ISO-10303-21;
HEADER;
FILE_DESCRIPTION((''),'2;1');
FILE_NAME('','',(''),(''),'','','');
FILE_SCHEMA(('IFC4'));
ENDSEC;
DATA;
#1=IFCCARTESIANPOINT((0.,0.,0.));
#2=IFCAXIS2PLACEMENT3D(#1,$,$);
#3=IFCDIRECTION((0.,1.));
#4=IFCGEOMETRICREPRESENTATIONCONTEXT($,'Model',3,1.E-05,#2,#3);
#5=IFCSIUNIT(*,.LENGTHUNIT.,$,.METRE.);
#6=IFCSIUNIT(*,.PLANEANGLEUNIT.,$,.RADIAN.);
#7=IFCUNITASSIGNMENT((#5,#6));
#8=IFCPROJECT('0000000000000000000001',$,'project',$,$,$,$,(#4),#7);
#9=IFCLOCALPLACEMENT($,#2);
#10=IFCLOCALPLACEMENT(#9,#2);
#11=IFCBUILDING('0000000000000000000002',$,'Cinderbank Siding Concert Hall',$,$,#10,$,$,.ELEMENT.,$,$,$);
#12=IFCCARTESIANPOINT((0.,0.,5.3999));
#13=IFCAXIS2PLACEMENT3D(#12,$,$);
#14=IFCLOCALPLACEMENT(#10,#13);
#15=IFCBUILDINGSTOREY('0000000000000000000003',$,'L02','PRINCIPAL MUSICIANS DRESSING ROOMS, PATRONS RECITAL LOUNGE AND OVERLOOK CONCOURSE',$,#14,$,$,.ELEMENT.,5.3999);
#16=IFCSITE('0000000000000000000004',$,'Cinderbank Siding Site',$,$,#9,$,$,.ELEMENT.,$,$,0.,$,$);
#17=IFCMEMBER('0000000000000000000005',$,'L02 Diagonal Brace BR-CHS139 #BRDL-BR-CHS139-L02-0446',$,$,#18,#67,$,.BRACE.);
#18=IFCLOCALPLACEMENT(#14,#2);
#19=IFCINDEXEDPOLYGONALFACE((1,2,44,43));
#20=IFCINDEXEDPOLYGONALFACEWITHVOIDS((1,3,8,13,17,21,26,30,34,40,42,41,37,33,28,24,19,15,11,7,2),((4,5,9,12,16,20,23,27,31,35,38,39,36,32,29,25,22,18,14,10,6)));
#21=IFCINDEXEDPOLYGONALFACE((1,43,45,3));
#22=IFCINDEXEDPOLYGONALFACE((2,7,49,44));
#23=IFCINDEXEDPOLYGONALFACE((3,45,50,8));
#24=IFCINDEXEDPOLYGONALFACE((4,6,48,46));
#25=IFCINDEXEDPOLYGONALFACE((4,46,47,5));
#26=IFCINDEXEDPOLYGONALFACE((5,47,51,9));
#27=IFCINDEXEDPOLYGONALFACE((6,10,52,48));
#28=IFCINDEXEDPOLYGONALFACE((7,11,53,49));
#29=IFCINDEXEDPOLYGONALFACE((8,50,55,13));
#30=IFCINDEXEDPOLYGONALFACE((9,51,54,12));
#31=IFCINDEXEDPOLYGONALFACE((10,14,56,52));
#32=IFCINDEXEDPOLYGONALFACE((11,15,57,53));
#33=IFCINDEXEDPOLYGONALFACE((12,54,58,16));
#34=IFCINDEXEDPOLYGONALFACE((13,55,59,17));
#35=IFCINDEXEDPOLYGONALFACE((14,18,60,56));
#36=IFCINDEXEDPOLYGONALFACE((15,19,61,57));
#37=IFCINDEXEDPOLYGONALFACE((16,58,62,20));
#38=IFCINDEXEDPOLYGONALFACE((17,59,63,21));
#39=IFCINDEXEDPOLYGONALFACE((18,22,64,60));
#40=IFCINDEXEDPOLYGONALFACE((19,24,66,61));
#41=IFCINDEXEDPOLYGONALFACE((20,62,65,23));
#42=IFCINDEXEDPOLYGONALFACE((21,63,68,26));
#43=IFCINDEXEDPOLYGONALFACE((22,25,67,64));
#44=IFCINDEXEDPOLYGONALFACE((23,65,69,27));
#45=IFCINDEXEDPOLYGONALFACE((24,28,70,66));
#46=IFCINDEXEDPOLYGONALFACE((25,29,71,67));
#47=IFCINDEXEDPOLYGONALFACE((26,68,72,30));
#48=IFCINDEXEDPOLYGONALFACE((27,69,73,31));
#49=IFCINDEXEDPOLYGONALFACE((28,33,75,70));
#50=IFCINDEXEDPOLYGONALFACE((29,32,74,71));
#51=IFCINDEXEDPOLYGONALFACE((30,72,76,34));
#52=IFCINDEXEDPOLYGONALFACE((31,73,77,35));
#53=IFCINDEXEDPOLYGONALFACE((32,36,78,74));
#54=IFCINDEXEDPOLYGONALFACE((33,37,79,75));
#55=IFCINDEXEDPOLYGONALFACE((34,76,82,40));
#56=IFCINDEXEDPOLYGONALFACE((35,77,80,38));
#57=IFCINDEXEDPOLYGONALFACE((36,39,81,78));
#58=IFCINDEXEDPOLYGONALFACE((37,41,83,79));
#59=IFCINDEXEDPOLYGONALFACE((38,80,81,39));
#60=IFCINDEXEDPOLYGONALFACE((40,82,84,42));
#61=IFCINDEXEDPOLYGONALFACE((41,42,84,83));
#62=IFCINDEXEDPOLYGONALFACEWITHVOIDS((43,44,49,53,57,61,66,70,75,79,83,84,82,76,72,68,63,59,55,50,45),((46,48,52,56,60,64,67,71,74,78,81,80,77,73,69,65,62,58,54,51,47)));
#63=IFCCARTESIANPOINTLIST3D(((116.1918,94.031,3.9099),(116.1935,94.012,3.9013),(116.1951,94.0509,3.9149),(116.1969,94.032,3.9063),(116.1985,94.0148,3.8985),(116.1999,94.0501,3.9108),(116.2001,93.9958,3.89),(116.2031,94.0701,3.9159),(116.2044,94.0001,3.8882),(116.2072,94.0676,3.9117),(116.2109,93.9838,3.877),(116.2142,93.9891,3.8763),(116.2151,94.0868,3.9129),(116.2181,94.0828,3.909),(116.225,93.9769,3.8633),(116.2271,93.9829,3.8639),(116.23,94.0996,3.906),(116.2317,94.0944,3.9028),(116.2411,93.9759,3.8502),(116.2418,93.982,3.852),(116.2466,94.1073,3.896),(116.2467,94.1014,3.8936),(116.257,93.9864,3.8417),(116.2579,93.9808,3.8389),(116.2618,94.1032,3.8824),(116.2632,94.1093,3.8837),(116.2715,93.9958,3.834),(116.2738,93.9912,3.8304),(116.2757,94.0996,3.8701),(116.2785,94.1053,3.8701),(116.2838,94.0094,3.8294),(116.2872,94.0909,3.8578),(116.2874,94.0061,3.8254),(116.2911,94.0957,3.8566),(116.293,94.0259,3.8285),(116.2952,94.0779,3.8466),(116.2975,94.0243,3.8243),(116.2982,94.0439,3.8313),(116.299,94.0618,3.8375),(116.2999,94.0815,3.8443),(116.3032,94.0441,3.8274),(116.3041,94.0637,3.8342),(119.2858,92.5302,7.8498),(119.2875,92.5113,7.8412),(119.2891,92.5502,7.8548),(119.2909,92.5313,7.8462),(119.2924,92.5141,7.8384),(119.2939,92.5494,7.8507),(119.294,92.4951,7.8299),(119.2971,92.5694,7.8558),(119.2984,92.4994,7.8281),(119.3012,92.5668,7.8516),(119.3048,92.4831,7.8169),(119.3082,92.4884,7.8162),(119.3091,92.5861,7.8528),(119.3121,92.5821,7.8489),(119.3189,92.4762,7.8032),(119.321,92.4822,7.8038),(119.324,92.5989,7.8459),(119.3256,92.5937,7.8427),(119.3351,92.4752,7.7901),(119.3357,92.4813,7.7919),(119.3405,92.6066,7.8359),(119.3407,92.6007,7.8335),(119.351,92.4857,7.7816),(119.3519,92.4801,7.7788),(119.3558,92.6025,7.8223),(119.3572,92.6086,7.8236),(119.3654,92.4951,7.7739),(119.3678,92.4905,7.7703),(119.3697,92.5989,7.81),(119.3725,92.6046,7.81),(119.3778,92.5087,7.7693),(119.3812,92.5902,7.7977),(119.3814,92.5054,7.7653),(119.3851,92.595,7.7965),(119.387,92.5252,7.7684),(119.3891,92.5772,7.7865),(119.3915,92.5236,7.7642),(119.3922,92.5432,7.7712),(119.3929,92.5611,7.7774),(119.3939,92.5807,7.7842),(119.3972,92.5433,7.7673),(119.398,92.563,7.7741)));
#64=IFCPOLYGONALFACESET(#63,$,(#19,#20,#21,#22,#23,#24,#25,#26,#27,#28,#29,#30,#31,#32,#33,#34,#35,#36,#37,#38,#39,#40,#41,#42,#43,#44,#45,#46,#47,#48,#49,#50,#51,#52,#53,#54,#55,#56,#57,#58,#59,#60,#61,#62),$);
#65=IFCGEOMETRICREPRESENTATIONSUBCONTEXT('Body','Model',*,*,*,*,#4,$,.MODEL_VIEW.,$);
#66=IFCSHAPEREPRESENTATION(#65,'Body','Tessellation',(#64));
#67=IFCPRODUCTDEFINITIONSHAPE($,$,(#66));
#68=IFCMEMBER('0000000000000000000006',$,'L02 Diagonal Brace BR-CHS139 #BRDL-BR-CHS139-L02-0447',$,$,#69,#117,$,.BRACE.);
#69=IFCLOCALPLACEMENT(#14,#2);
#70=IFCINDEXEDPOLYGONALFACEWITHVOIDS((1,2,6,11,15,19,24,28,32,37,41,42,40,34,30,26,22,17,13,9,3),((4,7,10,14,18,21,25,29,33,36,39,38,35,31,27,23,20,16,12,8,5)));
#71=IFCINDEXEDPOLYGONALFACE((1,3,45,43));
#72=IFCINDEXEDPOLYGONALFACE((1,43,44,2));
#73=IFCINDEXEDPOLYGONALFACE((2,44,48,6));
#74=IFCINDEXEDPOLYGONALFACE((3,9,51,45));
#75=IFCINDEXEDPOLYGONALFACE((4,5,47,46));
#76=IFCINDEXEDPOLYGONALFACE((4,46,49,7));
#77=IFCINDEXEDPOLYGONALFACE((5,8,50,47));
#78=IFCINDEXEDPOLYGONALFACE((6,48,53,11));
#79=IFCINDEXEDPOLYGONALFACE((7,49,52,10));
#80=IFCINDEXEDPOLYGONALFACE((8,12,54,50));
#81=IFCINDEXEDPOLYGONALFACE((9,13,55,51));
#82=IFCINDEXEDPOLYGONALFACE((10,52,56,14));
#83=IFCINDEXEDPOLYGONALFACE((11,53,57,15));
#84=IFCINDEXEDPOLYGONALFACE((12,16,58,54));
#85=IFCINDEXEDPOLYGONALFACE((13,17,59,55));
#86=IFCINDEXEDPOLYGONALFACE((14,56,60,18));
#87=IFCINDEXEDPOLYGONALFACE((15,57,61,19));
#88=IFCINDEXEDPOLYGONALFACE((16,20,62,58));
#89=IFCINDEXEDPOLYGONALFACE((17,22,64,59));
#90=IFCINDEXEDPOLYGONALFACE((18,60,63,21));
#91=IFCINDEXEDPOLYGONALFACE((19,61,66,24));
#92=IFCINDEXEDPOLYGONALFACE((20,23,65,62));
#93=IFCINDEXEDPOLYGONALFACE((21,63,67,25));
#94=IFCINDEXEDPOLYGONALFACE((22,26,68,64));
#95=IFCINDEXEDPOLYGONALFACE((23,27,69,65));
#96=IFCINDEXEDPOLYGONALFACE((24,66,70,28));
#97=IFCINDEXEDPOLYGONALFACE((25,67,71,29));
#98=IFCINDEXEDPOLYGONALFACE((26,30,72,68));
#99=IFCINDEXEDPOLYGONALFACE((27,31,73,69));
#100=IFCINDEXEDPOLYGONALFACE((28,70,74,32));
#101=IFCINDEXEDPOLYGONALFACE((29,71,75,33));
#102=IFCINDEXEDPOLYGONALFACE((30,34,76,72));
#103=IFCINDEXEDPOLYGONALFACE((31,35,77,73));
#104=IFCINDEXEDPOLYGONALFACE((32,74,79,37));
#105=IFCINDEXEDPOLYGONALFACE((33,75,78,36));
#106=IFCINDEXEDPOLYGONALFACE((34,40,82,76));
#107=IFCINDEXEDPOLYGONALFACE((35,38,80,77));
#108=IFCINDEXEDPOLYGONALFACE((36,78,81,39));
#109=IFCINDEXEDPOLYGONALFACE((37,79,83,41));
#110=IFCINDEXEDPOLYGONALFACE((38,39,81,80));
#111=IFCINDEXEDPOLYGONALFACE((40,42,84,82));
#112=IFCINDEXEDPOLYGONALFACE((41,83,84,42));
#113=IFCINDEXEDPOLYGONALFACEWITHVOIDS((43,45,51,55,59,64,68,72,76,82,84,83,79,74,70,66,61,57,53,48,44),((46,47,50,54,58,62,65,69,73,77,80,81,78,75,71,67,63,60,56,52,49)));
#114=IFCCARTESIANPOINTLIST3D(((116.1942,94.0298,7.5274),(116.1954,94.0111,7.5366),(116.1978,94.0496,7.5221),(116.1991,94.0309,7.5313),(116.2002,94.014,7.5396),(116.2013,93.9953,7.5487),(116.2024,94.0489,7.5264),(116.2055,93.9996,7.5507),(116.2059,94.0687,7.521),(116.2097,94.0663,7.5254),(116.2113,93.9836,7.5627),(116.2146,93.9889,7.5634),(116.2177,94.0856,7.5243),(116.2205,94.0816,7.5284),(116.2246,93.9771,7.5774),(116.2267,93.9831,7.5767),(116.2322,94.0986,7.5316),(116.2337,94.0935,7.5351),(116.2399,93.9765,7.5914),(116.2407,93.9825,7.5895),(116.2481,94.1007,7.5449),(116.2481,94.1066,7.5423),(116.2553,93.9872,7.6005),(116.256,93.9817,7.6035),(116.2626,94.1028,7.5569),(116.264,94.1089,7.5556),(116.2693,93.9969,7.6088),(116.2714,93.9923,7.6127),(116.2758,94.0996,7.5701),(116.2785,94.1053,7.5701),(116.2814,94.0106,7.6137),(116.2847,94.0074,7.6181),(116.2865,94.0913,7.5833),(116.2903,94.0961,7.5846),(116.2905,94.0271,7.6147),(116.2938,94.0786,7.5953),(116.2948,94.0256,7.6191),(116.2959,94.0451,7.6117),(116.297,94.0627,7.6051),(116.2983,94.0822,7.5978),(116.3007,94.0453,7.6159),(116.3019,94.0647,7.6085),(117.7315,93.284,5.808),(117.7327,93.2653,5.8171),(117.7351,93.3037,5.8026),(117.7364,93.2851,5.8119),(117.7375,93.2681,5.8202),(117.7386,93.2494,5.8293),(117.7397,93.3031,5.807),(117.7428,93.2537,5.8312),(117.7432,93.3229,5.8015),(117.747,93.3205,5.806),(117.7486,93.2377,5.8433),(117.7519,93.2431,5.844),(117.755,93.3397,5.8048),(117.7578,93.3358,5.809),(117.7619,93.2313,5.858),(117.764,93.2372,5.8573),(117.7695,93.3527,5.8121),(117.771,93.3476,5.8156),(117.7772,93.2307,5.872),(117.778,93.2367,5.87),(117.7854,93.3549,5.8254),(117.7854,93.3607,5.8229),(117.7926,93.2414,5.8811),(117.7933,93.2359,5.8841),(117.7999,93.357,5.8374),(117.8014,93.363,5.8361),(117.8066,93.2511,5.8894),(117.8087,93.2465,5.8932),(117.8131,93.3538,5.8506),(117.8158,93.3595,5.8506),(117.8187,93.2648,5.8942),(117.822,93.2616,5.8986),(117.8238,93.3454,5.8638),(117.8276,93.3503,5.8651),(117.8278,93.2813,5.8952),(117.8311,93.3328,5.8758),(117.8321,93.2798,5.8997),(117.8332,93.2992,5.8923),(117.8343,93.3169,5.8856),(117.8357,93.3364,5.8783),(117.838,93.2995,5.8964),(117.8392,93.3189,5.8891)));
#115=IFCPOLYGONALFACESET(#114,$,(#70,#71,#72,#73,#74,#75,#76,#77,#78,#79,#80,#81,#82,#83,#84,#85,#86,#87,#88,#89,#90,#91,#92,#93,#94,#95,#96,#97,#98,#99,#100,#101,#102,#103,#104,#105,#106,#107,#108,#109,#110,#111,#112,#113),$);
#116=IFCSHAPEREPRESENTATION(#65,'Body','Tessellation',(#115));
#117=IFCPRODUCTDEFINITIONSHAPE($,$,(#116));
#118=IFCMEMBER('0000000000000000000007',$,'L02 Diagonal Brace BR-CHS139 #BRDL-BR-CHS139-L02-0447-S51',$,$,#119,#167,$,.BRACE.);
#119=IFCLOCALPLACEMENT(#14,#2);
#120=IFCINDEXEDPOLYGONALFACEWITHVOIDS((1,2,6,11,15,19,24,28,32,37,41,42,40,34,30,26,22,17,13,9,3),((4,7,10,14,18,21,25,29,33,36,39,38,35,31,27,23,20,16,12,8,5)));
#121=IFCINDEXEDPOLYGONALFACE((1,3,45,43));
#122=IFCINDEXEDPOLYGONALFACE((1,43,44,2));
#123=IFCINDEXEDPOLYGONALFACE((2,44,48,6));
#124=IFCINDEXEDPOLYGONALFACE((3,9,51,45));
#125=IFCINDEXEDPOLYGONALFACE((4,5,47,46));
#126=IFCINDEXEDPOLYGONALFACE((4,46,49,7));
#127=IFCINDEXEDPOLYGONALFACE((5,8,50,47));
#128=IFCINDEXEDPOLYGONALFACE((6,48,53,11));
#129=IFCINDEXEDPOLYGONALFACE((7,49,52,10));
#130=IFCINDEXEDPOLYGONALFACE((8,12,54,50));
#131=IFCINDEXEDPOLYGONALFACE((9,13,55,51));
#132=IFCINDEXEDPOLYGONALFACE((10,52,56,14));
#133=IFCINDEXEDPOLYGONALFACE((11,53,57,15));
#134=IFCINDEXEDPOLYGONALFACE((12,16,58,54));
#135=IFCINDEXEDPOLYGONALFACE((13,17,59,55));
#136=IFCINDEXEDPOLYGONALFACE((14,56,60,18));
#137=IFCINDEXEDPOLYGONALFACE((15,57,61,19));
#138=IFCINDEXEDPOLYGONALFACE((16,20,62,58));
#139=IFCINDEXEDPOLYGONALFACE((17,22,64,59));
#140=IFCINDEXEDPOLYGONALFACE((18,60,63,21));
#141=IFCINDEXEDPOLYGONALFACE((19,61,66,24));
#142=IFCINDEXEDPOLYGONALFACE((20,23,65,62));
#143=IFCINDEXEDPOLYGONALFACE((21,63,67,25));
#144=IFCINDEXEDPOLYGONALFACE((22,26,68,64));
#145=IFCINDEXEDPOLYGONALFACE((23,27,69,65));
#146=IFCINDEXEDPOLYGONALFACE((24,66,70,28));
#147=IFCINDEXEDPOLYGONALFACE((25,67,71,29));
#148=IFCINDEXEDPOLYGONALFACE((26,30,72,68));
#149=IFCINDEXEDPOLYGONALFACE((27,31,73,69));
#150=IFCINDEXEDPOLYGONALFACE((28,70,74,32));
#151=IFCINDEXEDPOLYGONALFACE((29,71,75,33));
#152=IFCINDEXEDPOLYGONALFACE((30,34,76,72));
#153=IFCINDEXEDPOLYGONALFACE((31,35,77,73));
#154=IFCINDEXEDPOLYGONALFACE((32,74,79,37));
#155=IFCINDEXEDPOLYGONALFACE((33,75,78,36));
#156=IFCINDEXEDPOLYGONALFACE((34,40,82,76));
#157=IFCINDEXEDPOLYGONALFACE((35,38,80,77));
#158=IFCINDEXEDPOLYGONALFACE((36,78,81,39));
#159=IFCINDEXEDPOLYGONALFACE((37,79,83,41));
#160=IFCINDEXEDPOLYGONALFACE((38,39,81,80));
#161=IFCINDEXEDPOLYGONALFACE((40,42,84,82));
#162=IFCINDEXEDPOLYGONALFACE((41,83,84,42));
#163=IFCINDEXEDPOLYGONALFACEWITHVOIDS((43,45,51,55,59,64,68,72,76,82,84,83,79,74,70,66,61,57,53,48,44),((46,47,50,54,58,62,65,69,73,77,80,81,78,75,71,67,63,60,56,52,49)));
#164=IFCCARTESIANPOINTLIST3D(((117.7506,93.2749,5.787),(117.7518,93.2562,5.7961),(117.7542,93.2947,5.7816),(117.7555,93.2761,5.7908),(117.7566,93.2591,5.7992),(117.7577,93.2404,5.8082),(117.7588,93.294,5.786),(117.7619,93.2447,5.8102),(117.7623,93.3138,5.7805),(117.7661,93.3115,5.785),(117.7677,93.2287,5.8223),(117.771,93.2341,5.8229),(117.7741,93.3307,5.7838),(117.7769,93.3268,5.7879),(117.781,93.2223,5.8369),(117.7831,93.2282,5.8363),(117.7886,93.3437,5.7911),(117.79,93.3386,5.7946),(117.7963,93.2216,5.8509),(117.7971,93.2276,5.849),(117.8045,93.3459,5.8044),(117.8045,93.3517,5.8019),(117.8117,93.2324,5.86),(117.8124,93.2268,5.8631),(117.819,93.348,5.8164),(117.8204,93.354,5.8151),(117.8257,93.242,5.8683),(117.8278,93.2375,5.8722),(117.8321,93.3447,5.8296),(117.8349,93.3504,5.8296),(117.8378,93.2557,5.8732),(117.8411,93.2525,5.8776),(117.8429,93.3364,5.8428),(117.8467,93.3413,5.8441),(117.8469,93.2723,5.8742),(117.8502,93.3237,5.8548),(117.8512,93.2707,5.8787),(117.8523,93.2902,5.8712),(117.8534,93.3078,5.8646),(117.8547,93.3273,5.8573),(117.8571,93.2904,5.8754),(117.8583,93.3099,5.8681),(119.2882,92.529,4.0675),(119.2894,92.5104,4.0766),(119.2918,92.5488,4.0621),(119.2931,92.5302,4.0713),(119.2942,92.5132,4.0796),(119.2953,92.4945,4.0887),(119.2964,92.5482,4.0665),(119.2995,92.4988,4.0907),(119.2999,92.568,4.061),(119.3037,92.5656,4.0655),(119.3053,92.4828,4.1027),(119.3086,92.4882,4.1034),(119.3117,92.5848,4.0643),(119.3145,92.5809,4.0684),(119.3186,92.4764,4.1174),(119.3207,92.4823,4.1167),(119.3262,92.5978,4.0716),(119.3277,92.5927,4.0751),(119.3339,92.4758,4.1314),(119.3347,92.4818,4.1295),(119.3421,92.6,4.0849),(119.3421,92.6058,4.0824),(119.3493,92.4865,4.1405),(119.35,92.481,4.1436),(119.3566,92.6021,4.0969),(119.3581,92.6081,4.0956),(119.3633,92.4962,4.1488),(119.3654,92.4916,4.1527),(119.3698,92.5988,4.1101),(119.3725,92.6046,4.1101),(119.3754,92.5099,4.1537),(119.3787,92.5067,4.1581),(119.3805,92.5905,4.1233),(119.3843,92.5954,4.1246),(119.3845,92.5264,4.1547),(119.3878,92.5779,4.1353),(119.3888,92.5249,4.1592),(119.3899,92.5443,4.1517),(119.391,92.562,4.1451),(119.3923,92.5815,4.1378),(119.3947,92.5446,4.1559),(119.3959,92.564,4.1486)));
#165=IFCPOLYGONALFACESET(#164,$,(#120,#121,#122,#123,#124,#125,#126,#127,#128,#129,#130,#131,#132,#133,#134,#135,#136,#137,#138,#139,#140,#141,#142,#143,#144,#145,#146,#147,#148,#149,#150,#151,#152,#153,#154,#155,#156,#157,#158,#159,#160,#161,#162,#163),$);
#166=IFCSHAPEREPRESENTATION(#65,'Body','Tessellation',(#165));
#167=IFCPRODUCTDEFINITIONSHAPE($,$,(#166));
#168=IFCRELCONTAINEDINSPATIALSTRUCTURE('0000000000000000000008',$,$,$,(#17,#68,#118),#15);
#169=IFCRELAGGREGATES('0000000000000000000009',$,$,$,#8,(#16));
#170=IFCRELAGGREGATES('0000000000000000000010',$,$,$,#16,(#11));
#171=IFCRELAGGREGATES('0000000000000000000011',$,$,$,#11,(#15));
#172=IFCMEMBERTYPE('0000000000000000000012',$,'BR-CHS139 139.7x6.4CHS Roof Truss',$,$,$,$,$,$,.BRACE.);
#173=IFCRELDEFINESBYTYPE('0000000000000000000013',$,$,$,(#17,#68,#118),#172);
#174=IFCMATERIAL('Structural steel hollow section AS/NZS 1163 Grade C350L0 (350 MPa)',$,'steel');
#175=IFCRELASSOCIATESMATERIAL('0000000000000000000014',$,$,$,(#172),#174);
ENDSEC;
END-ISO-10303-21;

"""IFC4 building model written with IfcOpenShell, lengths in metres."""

from ifc_helpers import new_model, si_unit, direction, frame, origin, origin_2d, place, context, subcontext, project, spatial, hollow_circle, extrude, material, material_profile, profile_set, type_object, element, save


model = new_model("IFC4")

# Units and contexts
model_context = context("Model", 3, precision=1e-05, world=origin(), true_north=direction((0.0, 1.0)))
body_context = subcontext(model_context, "Body", "Model", "MODEL_VIEW")
ifc_project = project(units=[si_unit("LENGTHUNIT", "METRE"), si_unit("PLANEANGLEUNIT", "RADIAN")], contexts=[model_context])

# Site, building, storey
site_placement = place(None, origin())
site = spatial("IfcSite", under=ifc_project, at=site_placement, Name="Cinderbank Siding Site", CompositionType="ELEMENT", RefElevation=0.0)
building_placement = place(site_placement, origin())
building = spatial("IfcBuilding", under=site, at=building_placement, Name="Cinderbank Siding Concert Hall", CompositionType="ELEMENT")
storey_placement = place(building_placement, frame((0.0, 0.0, 5.3999)))
storey = spatial("IfcBuildingStorey", under=building, at=storey_placement, Name="L02", Description="PRINCIPAL MUSICIANS DRESSING ROOMS, PATRONS RECITAL LOUNGE AND OVERLOOK CONCOURSE", CompositionType="ELEMENT", Elevation=5.3999)

# Members
ifc_material_1 = material(Name="Structural steel hollow section AS/NZS 1163 Grade C350L0 (350 MPa)", Category="steel")
ifc_material_profile_1 = material_profile(ifc_material_1, hollow_circle(Radius=0.0698, WallThickness=0.0063, at=origin_2d()), Name="139.7x6.4CHS", Category="LoadBearing")
ifc_profile_set_1 = profile_set([ifc_material_profile_1], Name="Structural steel hollow section AS/NZS 1163 Grade C350L0 (350 MPa)")
member_type_1 = type_object("IfcMemberType", Name="BR-CHS139 139.7x6.4CHS Roof Truss", PredefinedType="BRACE", material=ifc_profile_set_1)
member_1_placement = place(storey_placement, frame((116.248, 94.0425, 3.8701), z_axis=(0.591637, -0.286972, 0.7534), x_axis=(0.436418, 0.899744, 0.0)))
element("IfcMember", 1, at=member_1_placement, inside=storey, type_object=member_type_1, Name="L02 Diagonal Brace BR-CHS139 #BRDL-BR-CHS139-L02-0446", PredefinedType="BRACE", context=body_context, shape_type="SweptSolid", body=[
    extrude(hollow_circle(Radius=0.0698, WallThickness=0.0063, at=origin_2d()), origin(), (0.0, 0.0, 1.0), 5.2295),
])
member_2_placement = place(storey_placement, frame((116.248, 94.0425, 7.5701), z_axis=(0.63419, -0.307678, -0.709322), x_axis=(0.436494, 0.899707, 0.0)))
element("IfcMember", 2, at=member_2_placement, inside=storey, type_object=member_type_1, Name="L02 Diagonal Brace BR-CHS139 #BRDL-BR-CHS139-L02-0447", PredefinedType="BRACE", context=body_context, shape_type="SweptSolid", body=[
    extrude(hollow_circle(Radius=0.0698, WallThickness=0.0063, at=origin_2d()), origin(), (0.0, 0.0, 1.0), 2.4241),
])
member_3_placement = place(storey_placement, frame((117.8044, 93.2876, 5.8296), z_axis=(0.63425, -0.307659, -0.709276), x_axis=(0.436438, 0.899734, 0.0)))
element("IfcMember", 3, at=member_3_placement, inside=storey, type_object=member_type_1, Name="L02 Diagonal Brace BR-CHS139 #BRDL-BR-CHS139-L02-0447-S51", PredefinedType="BRACE", context=body_context, shape_type="SweptSolid", body=[
    extrude(hollow_circle(Radius=0.0698, WallThickness=0.0063, at=origin_2d()), origin(), (0.0, 0.0, 1.0), 2.4243),
])

save(model, "model.ifc")
